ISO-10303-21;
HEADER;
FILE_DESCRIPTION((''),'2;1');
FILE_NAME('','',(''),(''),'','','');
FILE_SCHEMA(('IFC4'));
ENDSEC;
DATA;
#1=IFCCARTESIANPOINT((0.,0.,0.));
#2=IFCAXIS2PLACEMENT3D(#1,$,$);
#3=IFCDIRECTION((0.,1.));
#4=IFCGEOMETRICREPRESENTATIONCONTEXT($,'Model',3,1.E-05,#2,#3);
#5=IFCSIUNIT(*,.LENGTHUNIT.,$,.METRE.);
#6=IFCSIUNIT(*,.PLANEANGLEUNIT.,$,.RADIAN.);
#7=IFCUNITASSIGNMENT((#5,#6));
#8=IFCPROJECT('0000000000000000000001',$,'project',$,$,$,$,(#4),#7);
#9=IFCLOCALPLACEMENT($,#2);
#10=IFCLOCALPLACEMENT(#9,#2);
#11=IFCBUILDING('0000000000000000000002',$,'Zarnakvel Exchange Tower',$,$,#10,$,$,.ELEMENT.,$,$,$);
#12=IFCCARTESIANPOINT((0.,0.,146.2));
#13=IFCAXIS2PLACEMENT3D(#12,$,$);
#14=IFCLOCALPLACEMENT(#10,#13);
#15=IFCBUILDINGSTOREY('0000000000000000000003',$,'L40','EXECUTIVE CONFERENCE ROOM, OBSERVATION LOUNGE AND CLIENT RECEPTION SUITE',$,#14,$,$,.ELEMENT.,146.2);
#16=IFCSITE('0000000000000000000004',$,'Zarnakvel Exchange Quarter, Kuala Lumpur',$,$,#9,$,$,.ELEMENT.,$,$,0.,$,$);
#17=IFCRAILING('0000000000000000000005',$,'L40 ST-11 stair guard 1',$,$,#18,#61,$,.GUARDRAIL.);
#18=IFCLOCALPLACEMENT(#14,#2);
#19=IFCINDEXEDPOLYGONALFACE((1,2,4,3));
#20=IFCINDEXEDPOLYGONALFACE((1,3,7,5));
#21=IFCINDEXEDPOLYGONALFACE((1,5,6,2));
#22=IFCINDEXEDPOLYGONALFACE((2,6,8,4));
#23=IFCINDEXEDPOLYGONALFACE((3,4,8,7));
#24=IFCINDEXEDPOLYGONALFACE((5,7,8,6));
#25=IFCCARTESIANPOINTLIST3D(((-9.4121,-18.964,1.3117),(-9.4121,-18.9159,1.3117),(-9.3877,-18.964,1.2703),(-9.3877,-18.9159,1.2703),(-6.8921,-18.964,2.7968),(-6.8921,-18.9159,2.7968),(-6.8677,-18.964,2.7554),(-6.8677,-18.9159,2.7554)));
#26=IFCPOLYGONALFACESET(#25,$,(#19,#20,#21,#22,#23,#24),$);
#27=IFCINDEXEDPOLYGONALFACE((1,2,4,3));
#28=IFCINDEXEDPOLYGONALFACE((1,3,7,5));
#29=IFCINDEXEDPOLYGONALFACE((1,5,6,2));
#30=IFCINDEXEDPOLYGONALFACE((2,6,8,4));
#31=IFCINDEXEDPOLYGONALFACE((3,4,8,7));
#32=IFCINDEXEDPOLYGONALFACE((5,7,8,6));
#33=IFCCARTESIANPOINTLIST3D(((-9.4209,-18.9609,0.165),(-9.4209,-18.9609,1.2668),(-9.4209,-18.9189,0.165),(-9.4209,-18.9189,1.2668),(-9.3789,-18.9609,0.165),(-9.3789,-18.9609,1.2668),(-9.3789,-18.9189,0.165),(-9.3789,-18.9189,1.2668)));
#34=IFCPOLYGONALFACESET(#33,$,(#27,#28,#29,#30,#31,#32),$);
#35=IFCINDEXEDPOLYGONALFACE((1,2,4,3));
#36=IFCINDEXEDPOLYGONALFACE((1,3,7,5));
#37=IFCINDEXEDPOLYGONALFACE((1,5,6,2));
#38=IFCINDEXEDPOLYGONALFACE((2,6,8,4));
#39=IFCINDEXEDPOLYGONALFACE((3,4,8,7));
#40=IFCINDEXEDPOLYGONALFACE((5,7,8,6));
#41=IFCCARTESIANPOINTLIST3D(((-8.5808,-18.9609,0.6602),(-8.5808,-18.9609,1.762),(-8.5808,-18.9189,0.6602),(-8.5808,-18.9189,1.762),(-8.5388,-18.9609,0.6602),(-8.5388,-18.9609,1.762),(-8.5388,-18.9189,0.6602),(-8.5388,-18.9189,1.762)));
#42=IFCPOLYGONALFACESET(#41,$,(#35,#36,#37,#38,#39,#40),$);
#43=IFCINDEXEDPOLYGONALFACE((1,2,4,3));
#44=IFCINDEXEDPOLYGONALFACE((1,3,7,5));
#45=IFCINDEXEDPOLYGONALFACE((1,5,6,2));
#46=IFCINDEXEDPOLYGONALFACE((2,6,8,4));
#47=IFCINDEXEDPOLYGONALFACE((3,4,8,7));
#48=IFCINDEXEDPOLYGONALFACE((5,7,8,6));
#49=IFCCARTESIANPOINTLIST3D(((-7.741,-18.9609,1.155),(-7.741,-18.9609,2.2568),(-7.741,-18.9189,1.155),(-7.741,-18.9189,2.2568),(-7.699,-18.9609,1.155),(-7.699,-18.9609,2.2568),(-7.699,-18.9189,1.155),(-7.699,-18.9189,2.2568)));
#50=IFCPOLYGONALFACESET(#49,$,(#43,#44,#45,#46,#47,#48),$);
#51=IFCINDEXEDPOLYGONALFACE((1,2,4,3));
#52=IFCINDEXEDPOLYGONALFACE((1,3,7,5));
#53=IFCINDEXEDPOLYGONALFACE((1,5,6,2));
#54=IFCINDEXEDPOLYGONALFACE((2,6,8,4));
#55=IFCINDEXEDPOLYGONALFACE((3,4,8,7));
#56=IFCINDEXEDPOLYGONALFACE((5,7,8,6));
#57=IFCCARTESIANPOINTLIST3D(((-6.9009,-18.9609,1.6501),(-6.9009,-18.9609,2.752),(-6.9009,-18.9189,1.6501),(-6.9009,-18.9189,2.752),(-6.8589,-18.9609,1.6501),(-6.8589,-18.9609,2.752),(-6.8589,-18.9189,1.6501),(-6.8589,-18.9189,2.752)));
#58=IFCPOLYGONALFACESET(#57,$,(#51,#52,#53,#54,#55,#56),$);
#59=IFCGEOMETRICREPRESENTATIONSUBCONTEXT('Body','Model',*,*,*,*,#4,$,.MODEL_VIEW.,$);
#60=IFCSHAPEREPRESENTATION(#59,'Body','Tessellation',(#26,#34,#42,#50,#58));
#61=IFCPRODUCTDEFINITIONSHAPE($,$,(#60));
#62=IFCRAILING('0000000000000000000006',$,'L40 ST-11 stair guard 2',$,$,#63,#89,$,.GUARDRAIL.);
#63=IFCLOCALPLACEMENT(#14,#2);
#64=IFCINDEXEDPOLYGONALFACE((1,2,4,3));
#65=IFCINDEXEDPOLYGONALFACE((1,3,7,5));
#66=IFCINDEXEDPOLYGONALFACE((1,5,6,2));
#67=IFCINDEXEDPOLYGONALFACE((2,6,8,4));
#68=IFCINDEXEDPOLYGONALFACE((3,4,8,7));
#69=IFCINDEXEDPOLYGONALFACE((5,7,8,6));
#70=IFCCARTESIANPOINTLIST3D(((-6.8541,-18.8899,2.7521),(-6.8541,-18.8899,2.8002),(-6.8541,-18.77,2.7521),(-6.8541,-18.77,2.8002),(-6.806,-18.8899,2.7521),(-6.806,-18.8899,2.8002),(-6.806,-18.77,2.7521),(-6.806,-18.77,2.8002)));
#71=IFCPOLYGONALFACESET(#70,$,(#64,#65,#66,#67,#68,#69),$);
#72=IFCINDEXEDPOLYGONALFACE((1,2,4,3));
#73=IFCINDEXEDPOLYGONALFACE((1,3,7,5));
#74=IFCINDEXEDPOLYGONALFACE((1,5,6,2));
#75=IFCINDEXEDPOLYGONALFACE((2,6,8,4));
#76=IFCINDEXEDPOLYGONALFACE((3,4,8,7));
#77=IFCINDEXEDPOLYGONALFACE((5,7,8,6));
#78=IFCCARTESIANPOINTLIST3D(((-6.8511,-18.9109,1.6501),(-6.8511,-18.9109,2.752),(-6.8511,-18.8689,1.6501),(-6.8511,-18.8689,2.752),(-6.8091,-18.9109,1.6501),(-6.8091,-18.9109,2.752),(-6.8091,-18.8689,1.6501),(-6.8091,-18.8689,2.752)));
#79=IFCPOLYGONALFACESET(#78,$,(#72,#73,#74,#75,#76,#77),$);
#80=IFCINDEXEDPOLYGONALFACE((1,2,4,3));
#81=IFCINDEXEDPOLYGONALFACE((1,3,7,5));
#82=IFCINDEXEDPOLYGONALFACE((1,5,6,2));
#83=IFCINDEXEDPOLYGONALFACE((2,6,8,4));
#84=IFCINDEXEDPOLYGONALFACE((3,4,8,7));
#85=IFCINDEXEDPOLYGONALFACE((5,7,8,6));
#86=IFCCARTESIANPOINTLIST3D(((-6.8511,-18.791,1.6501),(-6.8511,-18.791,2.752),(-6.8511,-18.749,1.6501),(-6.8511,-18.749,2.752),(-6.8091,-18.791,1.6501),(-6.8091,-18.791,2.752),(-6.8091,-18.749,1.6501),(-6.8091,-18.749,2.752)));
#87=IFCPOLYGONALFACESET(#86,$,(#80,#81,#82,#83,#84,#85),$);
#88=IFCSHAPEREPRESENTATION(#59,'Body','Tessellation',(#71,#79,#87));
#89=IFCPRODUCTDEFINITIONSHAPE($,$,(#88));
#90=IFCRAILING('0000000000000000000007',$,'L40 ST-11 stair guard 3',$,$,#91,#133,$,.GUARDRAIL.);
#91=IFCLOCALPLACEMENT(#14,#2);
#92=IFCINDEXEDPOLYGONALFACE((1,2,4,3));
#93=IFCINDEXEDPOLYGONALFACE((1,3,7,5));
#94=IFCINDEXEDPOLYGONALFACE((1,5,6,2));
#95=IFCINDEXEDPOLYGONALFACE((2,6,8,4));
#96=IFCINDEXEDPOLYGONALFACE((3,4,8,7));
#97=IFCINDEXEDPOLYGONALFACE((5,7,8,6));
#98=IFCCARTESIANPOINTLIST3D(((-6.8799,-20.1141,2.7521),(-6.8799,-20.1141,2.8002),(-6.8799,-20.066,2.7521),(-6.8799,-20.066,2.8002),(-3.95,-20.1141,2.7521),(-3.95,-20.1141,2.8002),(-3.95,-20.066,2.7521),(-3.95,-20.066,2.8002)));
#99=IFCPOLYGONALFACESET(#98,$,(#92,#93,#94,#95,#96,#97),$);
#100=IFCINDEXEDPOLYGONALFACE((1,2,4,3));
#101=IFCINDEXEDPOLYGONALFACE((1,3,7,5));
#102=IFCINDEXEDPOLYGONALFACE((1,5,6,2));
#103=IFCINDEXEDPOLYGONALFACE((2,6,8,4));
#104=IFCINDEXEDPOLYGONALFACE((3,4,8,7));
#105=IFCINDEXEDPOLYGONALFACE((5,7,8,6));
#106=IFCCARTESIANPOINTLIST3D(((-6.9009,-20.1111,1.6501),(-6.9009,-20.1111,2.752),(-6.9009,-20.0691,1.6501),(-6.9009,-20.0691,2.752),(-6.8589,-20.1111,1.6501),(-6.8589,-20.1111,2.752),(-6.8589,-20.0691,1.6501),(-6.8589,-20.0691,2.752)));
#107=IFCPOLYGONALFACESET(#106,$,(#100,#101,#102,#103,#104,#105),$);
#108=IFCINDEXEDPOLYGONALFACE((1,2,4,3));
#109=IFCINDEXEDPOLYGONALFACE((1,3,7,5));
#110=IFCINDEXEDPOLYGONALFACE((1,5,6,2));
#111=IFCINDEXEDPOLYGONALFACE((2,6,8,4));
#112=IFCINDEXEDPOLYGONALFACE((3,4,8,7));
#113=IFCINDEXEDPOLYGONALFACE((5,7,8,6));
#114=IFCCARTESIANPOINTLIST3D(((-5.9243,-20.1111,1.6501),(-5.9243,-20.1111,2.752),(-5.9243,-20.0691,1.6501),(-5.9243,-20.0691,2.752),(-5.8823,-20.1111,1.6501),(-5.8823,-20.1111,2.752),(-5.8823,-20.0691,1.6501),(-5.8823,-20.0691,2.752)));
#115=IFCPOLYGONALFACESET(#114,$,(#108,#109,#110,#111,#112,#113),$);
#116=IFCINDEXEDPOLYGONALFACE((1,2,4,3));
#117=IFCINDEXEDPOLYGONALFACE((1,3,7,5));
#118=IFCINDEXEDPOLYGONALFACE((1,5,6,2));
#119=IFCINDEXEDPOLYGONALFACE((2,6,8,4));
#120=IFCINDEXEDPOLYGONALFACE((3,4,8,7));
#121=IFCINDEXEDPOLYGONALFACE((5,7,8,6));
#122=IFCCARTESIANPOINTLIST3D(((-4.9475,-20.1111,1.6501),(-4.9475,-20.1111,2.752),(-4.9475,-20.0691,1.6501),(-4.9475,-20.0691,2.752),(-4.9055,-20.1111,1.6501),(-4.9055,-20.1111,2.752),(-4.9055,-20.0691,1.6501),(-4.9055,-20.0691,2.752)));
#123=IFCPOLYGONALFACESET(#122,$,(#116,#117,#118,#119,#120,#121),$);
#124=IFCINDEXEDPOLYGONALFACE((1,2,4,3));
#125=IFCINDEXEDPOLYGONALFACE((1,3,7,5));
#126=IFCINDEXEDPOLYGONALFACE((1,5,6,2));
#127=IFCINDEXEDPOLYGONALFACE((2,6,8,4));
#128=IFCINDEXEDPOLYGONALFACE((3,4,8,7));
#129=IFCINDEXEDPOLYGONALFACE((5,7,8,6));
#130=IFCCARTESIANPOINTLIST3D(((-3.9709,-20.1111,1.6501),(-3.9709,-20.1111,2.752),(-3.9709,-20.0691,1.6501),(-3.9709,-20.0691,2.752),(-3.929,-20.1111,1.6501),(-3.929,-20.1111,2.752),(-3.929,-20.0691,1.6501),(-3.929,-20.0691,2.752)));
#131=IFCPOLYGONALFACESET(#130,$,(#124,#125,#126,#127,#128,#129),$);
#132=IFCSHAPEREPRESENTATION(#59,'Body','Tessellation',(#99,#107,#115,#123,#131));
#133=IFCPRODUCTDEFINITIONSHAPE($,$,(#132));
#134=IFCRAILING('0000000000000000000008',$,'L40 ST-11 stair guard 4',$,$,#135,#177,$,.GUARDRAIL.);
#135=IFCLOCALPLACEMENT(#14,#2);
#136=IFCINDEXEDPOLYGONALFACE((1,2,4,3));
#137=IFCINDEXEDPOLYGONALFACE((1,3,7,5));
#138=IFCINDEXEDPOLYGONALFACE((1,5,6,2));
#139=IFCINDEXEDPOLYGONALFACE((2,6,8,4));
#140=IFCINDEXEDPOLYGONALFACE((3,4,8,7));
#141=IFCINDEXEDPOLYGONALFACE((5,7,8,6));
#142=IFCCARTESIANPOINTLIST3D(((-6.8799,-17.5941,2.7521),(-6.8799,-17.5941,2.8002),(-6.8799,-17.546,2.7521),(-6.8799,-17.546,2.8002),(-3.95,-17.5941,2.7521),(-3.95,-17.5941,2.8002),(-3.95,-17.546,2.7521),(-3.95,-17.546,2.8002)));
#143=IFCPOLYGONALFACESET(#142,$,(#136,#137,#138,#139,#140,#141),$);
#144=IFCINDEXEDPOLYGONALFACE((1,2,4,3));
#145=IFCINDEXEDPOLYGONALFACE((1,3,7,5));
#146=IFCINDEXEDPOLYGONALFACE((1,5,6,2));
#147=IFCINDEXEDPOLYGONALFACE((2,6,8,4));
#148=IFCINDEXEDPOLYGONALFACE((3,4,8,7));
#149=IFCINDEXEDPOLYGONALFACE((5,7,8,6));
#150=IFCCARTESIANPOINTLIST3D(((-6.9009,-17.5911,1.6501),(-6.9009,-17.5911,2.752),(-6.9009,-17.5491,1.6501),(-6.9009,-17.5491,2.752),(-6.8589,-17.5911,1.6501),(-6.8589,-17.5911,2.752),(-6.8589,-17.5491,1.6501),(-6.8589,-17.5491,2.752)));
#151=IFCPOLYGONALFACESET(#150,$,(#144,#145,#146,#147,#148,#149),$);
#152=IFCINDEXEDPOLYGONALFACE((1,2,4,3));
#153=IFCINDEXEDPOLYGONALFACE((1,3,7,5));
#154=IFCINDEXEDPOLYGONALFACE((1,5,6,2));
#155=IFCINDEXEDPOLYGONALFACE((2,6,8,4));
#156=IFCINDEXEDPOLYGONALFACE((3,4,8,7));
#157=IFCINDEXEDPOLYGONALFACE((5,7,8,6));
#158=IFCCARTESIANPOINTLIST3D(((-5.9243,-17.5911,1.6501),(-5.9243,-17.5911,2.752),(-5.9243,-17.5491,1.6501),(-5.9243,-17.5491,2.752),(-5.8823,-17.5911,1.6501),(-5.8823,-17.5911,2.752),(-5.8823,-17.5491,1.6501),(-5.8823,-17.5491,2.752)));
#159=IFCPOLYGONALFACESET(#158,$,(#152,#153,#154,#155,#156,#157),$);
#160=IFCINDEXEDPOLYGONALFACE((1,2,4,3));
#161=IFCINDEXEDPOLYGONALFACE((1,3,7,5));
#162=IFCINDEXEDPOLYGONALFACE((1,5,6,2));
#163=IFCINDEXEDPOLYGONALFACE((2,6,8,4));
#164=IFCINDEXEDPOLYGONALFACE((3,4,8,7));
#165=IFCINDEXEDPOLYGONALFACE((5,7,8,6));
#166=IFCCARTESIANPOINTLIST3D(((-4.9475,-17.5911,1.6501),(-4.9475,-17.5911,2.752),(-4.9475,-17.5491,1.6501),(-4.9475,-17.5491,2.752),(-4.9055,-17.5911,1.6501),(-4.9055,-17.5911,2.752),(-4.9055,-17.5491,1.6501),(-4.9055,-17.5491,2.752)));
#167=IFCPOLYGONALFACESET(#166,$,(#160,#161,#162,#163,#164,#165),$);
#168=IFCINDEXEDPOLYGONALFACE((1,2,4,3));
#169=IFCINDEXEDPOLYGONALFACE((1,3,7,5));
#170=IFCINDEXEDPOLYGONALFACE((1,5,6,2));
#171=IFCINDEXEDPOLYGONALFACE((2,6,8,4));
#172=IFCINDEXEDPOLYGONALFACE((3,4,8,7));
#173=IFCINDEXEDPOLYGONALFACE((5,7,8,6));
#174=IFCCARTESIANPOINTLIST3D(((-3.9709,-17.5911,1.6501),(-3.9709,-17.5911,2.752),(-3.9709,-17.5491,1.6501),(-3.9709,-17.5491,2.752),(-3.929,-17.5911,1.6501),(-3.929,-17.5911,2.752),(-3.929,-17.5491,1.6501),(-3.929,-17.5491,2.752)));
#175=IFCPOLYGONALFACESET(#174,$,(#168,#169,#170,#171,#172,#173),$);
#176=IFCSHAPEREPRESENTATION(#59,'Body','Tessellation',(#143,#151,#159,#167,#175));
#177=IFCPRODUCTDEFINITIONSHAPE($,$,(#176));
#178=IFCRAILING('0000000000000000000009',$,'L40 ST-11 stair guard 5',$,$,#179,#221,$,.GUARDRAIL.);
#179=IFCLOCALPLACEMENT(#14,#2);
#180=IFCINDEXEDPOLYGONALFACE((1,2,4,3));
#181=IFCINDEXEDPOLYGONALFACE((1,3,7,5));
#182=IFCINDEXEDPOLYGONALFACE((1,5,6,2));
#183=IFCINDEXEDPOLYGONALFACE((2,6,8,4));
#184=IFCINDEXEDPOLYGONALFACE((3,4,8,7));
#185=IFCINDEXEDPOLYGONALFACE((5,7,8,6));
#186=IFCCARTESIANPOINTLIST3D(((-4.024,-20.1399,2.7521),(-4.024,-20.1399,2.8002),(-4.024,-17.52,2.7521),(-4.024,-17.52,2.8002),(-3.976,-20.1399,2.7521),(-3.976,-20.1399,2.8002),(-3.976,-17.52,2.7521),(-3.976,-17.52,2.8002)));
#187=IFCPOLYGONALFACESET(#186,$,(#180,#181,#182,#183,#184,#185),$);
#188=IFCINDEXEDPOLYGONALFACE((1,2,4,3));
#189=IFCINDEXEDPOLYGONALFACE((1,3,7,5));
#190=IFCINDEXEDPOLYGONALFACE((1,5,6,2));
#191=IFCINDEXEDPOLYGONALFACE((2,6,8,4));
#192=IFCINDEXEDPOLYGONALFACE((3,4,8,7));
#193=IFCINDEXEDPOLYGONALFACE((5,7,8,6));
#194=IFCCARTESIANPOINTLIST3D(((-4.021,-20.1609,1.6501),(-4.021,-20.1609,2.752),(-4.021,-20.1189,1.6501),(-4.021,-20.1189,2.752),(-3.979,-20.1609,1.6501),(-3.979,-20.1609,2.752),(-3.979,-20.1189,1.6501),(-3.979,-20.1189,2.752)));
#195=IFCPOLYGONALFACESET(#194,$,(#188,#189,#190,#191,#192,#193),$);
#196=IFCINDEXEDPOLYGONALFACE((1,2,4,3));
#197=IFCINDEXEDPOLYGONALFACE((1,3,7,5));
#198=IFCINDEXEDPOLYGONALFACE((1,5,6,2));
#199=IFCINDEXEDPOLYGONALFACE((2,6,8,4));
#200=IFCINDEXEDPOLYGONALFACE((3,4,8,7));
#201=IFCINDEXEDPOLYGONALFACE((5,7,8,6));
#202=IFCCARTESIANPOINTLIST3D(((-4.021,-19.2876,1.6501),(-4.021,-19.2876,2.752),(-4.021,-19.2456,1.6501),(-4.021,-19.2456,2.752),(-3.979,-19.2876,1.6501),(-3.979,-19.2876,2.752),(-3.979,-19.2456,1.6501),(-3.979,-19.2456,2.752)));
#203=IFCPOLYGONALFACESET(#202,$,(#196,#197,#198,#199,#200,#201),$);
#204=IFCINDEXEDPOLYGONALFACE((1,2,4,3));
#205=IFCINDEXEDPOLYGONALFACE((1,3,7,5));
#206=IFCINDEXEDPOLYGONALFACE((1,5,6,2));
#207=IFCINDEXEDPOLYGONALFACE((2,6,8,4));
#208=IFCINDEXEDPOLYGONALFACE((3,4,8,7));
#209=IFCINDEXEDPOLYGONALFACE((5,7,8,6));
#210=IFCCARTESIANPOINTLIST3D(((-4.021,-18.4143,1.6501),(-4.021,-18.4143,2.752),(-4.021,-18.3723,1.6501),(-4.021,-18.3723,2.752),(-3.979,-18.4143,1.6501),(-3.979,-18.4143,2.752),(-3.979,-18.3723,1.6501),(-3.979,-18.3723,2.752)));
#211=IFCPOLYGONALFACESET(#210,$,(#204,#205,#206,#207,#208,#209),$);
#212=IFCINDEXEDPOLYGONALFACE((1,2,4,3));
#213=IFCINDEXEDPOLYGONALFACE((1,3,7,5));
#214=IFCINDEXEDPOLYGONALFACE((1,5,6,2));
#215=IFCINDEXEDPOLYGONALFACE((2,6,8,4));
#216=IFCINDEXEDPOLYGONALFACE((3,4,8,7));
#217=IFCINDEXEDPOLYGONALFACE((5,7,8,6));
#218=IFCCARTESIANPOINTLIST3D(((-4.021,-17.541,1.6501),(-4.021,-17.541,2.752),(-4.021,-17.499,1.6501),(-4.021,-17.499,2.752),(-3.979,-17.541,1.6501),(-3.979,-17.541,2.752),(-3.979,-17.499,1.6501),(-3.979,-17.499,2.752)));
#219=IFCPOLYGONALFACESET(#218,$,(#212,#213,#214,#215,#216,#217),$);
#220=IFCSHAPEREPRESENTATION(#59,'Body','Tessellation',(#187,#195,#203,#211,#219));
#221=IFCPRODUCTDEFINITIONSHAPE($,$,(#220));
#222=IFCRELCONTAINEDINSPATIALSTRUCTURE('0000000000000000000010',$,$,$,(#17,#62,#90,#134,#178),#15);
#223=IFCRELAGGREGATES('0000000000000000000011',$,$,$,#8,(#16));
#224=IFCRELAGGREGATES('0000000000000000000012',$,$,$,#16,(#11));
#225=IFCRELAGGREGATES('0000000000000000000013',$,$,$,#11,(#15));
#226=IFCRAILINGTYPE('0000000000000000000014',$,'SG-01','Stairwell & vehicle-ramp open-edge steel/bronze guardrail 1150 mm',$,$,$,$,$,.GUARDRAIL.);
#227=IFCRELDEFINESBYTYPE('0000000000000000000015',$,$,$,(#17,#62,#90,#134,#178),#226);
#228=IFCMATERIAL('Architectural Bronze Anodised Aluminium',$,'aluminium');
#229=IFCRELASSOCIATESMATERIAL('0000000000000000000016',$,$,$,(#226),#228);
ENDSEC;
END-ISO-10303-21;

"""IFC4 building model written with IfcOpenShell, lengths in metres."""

from ifc_helpers import new_model, si_unit, direction, frame, origin, origin_2d, place, context, subcontext, project, spatial, rectangle, extrude, material, type_object, element, save


model = new_model("IFC4")

# Units and contexts
model_context = context("Model", 3, precision=1e-05, world=origin(), true_north=direction((0.0, 1.0)))
body_context = subcontext(model_context, "Body", "Model", "MODEL_VIEW")
ifc_project = project(units=[si_unit("LENGTHUNIT", "METRE"), si_unit("PLANEANGLEUNIT", "RADIAN")], contexts=[model_context])

# Site, building, storey
site_placement = place(None, origin())
site = spatial("IfcSite", under=ifc_project, at=site_placement, Name="Zarnakvel Exchange Quarter, Kuala Lumpur", CompositionType="ELEMENT", RefElevation=0.0)
building_placement = place(site_placement, origin())
building = spatial("IfcBuilding", under=site, at=building_placement, Name="Zarnakvel Exchange Tower", CompositionType="ELEMENT")
storey_placement = place(building_placement, frame((0.0, 0.0, 146.2)))
storey = spatial("IfcBuildingStorey", under=building, at=storey_placement, Name="L40", Description="EXECUTIVE CONFERENCE ROOM, OBSERVATION LOUNGE AND CLIENT RECEPTION SUITE", CompositionType="ELEMENT", Elevation=146.2)

# Shared definitions
ifc_material_1 = material(Name="Architectural Bronze Anodised Aluminium", Category="aluminium")

# Railings
railing_type_1 = type_object("IfcRailingType", Name="SG-01", Description="Stairwell & vehicle-ramp open-edge steel/bronze guardrail 1150 mm", PredefinedType="GUARDRAIL", material=ifc_material_1)
railing_1_placement = place(storey_placement, frame((-9.3999, -18.9399, 0.165)))
element("IfcRailing", 1, at=railing_1_placement, inside=storey, type_object=railing_type_1, Name="L40 ST-11 stair guard 1", PredefinedType="GUARDRAIL", context=body_context, shape_type="SweptSolid", body=[
    extrude(rectangle(XDim=0.0481, YDim=0.0481, at=origin_2d()), frame((0.0, 0.0, 1.126), z_axis=(0.861524, 0.0, 0.507717), x_axis=(0.0, 1.0, 0.0)), (0.0, 0.0, 1.0), 2.925),
    extrude(rectangle(XDim=0.042, YDim=0.042, at=origin_2d()), origin(), (0.0, 0.0, 1.0), 1.1018),
    extrude(rectangle(XDim=0.042, YDim=0.042, at=origin_2d()), frame((0.8401, 0.0, 0.4951)), (0.0, 0.0, 1.0), 1.1018),
    extrude(rectangle(XDim=0.042, YDim=0.042, at=origin_2d()), frame((1.6799, 0.0, 0.99)), (0.0, 0.0, 1.0), 1.1018),
    extrude(rectangle(XDim=0.042, YDim=0.042, at=origin_2d()), frame((2.52, 0.0, 1.4851)), (0.0, 0.0, 1.0), 1.1018),
])
railing_2_placement = place(storey_placement, frame((-6.8301, -18.8899, 1.6501)))
element("IfcRailing", 2, at=railing_2_placement, inside=storey, type_object=railing_type_1, Name="L40 ST-11 stair guard 2", PredefinedType="GUARDRAIL", context=body_context, shape_type="SweptSolid", body=[
    extrude(rectangle(XDim=0.0481, YDim=0.0481, at=origin_2d()), frame((0.0, 0.0, 1.126), z_axis=(0.0, 1.0, 0.0), x_axis=(-1.0, 0.0, 0.0)), (0.0, 0.0, 1.0), 0.1199),
    extrude(rectangle(XDim=0.042, YDim=0.042, at=origin_2d()), origin(), (0.0, 0.0, 1.0), 1.1018),
    extrude(rectangle(XDim=0.042, YDim=0.042, at=origin_2d()), frame((0.0, 0.1199, 0.0)), (0.0, 0.0, 1.0), 1.1018),
])
for number, where, name in (
    (3, (-6.8799, -20.0901, 1.6501), "L40 ST-11 stair guard 3"),
    (4, (-6.8799, -17.5701, 1.6501), "L40 ST-11 stair guard 4"),
):
    element("IfcRailing", number, at=place(storey_placement, frame(where)), inside=storey, type_object=railing_type_1, Name=name, PredefinedType="GUARDRAIL", context=body_context, shape_type="SweptSolid", body=[
        extrude(rectangle(XDim=0.0481, YDim=0.0481, at=origin_2d()), frame((0.0, 0.0, 1.126), z_axis=(1.0, 0.0, 0.0), x_axis=(0.0, 1.0, 0.0)), (0.0, 0.0, 1.0), 2.9299),
        extrude(rectangle(XDim=0.042, YDim=0.042, at=origin_2d()), origin(), (0.0, 0.0, 1.0), 1.1018),
        extrude(rectangle(XDim=0.042, YDim=0.042, at=origin_2d()), frame((0.9766, 0.0, 0.0)), (0.0, 0.0, 1.0), 1.1018),
        extrude(rectangle(XDim=0.042, YDim=0.042, at=origin_2d()), frame((1.9534, 0.0, 0.0)), (0.0, 0.0, 1.0), 1.1018),
        extrude(rectangle(XDim=0.042, YDim=0.042, at=origin_2d()), frame((2.9299, 0.0, 0.0)), (0.0, 0.0, 1.0), 1.1018),
    ])
railing_3_placement = place(storey_placement, frame((-4.0, -20.1399, 1.6501)))
element("IfcRailing", 5, at=railing_3_placement, inside=storey, type_object=railing_type_1, Name="L40 ST-11 stair guard 5", PredefinedType="GUARDRAIL", context=body_context, shape_type="SweptSolid", body=[
    extrude(rectangle(XDim=0.0481, YDim=0.0481, at=origin_2d()), frame((0.0, 0.0, 1.126), z_axis=(0.0, 1.0, 0.0), x_axis=(-1.0, 0.0, 0.0)), (0.0, 0.0, 1.0), 2.6199),
    extrude(rectangle(XDim=0.042, YDim=0.042, at=origin_2d()), origin(), (0.0, 0.0, 1.0), 1.1018),
    extrude(rectangle(XDim=0.042, YDim=0.042, at=origin_2d()), frame((0.0, 0.8733, 0.0)), (0.0, 0.0, 1.0), 1.1018),
    extrude(rectangle(XDim=0.042, YDim=0.042, at=origin_2d()), frame((0.0, 1.7466, 0.0)), (0.0, 0.0, 1.0), 1.1018),
    extrude(rectangle(XDim=0.042, YDim=0.042, at=origin_2d()), frame((0.0, 2.6199, 0.0)), (0.0, 0.0, 1.0), 1.1018),
])

save(model, "model.ifc")
